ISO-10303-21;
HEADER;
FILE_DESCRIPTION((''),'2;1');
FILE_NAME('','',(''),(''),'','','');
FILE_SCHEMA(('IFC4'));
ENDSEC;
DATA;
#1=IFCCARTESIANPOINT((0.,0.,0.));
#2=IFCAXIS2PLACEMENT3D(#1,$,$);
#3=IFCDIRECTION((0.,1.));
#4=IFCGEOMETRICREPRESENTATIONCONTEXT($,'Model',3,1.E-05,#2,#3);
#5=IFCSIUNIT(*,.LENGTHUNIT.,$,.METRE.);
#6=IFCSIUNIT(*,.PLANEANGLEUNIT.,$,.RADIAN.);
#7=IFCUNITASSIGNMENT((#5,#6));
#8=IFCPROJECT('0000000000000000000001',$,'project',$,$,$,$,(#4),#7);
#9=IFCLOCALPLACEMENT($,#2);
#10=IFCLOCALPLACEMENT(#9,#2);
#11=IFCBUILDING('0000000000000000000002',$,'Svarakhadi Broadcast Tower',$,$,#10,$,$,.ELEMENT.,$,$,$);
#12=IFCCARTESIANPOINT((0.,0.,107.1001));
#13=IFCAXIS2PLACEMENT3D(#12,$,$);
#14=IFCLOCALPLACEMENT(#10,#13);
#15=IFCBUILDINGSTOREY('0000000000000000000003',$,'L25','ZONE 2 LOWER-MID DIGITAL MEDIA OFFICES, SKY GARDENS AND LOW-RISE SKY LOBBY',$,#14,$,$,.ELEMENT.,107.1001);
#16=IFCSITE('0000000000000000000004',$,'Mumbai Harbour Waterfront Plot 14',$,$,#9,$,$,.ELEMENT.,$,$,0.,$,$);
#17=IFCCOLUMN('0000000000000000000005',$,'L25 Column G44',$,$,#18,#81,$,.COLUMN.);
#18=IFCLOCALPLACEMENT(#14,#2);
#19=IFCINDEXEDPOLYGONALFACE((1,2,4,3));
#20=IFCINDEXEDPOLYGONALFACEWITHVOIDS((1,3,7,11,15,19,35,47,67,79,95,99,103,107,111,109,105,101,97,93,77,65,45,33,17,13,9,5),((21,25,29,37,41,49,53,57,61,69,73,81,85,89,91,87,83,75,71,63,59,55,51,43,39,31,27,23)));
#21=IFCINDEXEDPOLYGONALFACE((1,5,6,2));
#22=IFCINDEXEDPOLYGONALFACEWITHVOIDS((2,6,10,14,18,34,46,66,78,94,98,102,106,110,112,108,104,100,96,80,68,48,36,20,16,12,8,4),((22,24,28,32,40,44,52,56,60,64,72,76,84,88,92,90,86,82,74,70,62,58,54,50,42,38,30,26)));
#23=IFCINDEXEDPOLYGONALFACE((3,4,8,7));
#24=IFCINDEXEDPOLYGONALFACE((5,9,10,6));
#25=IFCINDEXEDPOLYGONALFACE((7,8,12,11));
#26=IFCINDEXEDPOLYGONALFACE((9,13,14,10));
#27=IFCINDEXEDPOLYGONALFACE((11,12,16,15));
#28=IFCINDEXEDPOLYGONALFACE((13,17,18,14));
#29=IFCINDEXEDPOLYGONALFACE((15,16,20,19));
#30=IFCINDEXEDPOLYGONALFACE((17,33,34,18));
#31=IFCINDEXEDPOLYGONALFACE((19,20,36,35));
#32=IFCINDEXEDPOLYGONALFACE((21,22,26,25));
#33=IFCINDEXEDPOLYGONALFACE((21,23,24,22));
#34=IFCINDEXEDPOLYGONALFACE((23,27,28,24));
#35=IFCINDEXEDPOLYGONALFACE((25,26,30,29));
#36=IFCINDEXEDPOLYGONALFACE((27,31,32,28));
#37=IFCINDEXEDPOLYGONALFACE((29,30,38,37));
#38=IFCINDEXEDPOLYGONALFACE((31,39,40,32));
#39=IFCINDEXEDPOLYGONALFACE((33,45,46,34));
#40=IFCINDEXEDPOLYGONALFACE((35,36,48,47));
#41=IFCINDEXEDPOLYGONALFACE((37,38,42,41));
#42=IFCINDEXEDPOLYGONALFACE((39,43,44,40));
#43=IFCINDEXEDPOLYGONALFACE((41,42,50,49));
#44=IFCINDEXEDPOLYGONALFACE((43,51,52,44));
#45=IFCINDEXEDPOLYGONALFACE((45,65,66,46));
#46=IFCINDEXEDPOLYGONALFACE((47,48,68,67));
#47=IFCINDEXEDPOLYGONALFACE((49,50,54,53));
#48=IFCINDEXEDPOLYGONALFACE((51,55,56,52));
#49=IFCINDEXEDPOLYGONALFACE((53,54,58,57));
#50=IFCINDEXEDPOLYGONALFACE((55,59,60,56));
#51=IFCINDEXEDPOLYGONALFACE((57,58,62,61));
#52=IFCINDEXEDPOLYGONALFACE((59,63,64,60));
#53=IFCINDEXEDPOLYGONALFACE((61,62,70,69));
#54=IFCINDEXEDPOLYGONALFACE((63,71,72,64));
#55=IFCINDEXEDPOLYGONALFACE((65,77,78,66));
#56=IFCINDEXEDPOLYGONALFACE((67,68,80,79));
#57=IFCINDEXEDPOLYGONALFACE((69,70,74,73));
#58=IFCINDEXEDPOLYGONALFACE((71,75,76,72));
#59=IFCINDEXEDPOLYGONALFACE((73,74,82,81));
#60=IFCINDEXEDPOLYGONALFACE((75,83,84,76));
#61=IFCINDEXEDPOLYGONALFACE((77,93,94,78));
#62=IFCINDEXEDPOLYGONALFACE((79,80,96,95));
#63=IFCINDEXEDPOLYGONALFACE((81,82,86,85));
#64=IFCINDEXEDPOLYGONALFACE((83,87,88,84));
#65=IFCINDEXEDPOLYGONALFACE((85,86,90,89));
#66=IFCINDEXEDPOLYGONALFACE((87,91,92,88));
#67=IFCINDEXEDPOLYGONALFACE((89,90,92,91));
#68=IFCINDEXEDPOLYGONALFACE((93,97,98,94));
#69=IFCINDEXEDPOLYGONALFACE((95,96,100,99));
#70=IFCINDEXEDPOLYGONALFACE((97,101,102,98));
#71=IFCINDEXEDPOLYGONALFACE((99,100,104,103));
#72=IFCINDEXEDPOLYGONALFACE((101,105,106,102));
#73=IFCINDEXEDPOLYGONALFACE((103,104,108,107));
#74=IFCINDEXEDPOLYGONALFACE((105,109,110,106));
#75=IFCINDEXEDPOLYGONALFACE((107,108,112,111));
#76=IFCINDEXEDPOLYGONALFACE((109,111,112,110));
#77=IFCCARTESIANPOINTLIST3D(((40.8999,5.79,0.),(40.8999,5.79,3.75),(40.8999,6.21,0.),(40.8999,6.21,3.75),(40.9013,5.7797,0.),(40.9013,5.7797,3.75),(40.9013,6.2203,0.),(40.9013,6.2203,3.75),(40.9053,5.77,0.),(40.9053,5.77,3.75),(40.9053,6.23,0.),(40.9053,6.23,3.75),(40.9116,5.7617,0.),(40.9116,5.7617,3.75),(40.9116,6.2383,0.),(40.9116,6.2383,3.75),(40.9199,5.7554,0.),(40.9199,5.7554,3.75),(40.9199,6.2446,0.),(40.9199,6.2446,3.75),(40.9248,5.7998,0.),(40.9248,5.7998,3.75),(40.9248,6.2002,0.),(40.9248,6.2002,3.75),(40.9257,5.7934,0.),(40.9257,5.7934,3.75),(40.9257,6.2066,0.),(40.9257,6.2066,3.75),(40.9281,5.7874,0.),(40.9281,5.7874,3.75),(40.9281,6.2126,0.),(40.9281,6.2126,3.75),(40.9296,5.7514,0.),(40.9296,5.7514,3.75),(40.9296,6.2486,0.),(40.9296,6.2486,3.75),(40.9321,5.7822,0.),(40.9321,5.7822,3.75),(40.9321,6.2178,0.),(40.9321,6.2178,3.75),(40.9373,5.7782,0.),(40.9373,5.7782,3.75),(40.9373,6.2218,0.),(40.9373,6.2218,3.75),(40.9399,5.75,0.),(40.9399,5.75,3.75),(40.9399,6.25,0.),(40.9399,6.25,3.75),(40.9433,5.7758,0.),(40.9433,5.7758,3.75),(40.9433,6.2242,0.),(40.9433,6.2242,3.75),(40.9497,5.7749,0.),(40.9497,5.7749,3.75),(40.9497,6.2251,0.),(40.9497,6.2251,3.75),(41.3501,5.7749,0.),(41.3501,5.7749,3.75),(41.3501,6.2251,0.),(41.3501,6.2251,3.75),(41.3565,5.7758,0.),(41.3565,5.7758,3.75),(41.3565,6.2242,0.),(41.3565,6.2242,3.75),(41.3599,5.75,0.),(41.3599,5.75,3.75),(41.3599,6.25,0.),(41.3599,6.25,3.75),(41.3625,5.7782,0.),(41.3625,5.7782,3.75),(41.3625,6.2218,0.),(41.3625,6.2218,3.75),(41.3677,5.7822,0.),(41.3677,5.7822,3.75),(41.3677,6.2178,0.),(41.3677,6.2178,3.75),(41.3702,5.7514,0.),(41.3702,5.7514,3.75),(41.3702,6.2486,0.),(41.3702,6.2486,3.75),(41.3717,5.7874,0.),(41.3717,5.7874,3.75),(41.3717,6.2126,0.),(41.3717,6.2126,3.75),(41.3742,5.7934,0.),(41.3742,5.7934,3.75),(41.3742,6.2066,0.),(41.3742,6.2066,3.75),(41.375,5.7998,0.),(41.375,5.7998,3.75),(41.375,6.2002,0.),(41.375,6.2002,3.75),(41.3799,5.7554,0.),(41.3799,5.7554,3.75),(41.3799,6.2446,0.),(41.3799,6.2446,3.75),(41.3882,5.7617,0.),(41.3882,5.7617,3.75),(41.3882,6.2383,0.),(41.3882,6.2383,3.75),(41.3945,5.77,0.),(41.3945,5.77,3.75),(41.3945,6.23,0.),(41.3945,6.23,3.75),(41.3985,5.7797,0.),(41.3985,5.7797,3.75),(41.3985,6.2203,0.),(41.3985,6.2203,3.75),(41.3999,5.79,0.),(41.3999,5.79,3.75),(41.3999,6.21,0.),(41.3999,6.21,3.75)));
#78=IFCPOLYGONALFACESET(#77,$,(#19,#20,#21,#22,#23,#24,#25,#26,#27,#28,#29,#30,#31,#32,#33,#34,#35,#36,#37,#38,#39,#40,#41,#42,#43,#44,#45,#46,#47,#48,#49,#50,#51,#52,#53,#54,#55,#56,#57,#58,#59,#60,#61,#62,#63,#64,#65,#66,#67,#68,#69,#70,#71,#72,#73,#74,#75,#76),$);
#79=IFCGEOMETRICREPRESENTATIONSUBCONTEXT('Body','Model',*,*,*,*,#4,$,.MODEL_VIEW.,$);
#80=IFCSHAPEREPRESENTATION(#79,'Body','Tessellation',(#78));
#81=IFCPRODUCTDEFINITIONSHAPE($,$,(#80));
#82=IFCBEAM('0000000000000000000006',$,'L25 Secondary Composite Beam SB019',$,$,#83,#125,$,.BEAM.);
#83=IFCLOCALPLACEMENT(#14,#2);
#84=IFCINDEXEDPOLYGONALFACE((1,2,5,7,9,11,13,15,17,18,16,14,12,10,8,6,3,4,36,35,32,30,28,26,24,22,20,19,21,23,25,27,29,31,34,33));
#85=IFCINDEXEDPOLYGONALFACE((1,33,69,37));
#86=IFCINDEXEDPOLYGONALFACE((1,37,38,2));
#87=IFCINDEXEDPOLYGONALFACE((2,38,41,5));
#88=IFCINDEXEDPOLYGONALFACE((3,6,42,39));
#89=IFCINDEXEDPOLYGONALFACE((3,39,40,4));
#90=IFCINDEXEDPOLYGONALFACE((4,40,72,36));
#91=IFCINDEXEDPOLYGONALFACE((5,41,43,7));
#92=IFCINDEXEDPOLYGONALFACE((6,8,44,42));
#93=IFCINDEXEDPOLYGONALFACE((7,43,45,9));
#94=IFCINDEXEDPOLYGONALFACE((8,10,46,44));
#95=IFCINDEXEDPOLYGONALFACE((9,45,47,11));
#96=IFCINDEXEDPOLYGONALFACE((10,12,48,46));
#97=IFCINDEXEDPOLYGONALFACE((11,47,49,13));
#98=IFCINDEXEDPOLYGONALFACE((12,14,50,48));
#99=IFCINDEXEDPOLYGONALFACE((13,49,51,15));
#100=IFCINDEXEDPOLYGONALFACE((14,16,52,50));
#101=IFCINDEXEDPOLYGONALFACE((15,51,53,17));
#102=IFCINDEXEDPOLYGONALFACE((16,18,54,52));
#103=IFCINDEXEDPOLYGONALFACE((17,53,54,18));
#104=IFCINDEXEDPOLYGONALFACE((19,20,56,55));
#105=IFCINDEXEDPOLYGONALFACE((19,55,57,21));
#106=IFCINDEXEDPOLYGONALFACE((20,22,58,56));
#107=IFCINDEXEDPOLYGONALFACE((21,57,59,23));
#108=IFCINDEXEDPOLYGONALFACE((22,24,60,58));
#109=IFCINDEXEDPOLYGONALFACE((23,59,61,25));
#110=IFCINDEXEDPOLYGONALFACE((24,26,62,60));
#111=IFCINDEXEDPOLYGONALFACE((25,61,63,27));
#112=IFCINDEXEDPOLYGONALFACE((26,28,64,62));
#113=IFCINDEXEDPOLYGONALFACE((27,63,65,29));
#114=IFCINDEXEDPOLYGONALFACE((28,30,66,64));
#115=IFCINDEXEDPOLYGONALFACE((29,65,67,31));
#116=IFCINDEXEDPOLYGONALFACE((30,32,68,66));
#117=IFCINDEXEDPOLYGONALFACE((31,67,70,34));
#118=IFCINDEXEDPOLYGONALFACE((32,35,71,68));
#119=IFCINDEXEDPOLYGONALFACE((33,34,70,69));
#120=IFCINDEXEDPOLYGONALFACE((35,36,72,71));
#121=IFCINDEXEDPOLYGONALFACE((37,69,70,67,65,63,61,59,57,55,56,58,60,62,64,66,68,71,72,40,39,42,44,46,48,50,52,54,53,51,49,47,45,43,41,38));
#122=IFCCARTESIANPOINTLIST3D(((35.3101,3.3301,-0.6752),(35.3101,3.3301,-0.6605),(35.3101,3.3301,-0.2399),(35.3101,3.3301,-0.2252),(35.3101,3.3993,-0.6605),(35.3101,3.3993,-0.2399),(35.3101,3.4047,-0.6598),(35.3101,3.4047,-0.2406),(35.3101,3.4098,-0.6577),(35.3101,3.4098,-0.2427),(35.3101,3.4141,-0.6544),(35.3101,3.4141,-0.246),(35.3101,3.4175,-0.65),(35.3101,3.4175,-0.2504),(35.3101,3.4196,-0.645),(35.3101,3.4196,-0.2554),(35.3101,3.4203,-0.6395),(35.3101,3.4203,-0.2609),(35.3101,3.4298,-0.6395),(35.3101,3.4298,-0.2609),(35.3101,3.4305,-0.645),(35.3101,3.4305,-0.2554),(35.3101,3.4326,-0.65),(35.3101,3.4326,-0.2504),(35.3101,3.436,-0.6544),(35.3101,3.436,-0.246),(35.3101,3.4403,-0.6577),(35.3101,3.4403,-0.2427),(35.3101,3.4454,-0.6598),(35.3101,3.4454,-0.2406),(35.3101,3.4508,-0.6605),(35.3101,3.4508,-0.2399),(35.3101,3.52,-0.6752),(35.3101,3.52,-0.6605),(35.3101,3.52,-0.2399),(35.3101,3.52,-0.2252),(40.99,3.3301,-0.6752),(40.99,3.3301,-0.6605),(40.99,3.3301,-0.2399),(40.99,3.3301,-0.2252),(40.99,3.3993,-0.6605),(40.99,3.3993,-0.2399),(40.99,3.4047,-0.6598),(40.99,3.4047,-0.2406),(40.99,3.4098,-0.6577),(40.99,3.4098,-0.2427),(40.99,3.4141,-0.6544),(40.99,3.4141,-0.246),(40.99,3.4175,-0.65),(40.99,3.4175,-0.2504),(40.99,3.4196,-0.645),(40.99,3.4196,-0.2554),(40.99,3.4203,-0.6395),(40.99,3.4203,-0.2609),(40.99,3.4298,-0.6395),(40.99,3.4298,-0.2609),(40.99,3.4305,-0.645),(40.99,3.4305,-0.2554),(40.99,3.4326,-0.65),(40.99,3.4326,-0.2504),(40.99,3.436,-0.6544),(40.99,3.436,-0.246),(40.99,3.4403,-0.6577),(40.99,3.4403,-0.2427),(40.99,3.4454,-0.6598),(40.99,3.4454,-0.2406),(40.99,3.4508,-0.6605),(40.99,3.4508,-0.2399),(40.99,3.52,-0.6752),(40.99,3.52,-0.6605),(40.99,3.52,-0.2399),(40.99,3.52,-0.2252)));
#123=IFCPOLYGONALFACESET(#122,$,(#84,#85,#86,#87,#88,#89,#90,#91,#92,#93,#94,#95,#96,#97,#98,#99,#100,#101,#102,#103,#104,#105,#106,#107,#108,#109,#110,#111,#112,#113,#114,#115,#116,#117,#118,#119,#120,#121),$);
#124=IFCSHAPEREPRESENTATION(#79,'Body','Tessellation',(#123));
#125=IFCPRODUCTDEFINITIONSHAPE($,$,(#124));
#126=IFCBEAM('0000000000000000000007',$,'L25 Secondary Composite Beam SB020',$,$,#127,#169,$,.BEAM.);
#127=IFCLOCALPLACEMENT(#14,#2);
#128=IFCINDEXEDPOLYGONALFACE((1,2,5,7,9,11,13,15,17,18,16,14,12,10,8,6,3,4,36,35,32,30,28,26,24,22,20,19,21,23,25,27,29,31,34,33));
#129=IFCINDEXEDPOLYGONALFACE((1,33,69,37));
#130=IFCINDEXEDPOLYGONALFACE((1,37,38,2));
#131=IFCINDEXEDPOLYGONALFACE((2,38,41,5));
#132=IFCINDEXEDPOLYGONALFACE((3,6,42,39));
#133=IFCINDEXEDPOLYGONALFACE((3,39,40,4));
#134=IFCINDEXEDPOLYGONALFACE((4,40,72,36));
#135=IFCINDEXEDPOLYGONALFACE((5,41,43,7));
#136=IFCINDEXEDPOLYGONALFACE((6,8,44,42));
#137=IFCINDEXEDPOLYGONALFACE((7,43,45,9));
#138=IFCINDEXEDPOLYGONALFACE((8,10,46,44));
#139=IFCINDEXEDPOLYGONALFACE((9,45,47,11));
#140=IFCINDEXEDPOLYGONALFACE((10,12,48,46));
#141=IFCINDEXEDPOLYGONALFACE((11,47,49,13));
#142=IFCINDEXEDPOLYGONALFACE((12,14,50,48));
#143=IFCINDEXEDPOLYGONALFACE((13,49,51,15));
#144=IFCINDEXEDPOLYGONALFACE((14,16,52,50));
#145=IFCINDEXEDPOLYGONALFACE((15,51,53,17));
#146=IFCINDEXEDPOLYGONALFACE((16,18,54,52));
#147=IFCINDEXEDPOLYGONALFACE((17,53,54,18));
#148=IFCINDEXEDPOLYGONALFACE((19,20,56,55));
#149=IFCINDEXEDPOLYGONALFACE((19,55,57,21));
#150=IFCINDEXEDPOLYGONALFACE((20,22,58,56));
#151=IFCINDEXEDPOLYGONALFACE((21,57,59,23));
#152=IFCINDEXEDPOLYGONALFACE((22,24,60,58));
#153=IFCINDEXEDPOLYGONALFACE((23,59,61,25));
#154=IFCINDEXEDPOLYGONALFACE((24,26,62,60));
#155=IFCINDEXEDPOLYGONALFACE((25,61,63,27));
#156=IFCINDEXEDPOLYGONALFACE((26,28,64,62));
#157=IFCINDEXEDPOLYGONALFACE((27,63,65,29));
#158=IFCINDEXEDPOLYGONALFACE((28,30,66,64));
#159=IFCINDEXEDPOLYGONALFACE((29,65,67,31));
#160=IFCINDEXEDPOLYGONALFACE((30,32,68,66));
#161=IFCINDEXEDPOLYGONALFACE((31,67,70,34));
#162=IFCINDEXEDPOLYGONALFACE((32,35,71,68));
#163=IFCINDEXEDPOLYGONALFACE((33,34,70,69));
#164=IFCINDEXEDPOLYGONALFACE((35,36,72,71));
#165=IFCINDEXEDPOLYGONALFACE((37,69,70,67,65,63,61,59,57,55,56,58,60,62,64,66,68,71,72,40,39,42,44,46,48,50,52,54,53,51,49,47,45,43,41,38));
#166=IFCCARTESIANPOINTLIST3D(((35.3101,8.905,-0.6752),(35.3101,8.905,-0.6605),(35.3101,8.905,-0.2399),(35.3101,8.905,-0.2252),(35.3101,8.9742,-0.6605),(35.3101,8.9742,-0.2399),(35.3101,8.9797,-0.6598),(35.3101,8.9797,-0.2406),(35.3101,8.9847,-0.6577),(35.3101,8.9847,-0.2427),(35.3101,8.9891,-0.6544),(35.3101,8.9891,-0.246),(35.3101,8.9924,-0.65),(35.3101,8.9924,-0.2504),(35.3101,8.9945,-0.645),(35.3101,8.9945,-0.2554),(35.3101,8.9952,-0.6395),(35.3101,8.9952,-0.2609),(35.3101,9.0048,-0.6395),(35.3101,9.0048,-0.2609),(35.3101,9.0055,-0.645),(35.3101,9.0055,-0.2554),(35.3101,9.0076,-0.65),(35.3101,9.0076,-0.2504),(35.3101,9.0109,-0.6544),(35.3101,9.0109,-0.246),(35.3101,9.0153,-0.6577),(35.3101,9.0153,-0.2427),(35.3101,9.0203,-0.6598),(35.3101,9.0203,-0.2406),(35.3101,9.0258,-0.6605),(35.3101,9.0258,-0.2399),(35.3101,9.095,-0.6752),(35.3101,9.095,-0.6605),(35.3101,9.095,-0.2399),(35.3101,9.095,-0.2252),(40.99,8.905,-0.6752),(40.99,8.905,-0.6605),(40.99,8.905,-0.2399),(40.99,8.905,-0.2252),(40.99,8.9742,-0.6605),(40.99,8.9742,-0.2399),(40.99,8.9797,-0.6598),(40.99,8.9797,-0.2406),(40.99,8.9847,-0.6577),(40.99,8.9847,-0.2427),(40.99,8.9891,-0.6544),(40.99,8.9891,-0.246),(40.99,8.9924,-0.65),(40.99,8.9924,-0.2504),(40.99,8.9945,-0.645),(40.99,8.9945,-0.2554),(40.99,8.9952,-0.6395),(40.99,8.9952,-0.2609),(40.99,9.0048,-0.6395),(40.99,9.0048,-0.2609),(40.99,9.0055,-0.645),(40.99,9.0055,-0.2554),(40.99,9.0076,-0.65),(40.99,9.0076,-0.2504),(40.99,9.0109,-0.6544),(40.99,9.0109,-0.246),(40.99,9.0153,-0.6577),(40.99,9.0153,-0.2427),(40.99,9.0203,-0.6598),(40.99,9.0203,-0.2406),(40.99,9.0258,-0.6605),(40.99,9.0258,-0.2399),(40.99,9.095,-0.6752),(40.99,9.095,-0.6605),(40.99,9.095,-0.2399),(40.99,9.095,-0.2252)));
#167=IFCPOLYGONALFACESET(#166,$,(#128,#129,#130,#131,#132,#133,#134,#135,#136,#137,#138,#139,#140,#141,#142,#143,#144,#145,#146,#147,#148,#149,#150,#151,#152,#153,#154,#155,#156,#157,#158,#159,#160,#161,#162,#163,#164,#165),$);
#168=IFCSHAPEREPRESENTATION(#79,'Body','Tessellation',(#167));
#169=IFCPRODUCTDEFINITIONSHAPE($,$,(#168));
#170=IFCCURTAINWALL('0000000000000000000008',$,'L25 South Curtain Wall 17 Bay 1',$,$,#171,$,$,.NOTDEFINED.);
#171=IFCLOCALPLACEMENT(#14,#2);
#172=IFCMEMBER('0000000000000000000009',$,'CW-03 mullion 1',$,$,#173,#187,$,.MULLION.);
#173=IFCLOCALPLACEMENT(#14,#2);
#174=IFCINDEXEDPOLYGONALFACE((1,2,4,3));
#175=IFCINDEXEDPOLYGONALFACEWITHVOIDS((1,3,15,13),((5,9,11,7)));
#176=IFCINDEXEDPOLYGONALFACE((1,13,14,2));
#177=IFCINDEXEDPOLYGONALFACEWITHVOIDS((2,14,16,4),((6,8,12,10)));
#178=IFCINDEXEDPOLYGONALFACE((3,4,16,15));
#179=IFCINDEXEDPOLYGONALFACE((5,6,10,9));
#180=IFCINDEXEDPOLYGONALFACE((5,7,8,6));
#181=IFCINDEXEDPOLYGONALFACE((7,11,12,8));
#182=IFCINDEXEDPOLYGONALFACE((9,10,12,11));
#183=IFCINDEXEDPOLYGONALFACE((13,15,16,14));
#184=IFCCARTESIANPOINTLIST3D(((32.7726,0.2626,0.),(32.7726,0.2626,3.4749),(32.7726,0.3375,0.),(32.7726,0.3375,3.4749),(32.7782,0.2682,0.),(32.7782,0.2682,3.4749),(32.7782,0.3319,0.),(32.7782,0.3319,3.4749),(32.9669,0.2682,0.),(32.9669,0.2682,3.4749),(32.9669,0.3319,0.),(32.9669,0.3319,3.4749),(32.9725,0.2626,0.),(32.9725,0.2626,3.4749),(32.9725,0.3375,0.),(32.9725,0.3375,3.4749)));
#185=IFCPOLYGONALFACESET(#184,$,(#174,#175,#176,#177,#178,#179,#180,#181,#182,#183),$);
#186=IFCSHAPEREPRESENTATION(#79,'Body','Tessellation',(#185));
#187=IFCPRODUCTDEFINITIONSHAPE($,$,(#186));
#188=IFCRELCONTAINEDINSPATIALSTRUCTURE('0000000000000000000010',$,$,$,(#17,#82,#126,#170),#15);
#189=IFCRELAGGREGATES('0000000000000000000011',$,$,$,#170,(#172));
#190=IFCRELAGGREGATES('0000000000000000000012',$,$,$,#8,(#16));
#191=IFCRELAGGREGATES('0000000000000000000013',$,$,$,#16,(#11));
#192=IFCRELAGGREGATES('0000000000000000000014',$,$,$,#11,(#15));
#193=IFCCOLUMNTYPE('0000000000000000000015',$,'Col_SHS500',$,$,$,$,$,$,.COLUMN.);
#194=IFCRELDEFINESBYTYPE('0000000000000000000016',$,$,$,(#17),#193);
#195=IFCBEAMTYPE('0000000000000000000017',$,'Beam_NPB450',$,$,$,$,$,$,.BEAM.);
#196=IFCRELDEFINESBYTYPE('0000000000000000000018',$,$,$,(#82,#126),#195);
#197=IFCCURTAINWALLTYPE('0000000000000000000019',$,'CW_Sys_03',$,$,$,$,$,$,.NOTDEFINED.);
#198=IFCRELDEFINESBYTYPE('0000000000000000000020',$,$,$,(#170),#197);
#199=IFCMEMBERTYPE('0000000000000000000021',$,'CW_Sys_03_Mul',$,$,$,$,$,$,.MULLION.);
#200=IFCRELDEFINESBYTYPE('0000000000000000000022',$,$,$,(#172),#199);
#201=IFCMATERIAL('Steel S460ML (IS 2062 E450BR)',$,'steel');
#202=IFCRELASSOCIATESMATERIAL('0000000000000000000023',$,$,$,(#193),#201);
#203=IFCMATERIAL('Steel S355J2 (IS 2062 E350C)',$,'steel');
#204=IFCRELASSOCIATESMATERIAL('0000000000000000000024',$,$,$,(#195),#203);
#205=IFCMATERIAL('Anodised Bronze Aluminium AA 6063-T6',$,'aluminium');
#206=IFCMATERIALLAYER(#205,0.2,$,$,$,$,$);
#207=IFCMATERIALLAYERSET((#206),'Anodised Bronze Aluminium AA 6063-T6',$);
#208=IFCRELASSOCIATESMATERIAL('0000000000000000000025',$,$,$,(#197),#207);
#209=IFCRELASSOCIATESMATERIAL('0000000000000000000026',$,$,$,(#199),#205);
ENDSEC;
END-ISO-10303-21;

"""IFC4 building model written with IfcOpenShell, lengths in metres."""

from ifc_helpers import new_model, si_unit, direction, frame, origin, origin_2d, place, context, subcontext, project, spatial, hollow_rectangle, i_section, extrude, material, layer, layer_set, material_profile, profile_set, type_object, element, aggregate, save


model = new_model("IFC4")

# Units and contexts
model_context = context("Model", 3, precision=1e-05, world=origin(), true_north=direction((0.0, 1.0)))
body_context = subcontext(model_context, "Body", "Model", "MODEL_VIEW")
ifc_project = project(units=[si_unit("LENGTHUNIT", "METRE"), si_unit("PLANEANGLEUNIT", "RADIAN")], contexts=[model_context])

# Site, building, storey
site_placement = place(None, origin())
site = spatial("IfcSite", under=ifc_project, at=site_placement, Name="Mumbai Harbour Waterfront Plot 14", CompositionType="ELEMENT", RefElevation=0.0)
building_placement = place(site_placement, origin())
building = spatial("IfcBuilding", under=site, at=building_placement, Name="Svarakhadi Broadcast Tower", CompositionType="ELEMENT")
storey_placement = place(building_placement, frame((0.0, 0.0, 107.1001)))
storey = spatial("IfcBuildingStorey", under=building, at=storey_placement, Name="L25", Description="ZONE 2 LOWER-MID DIGITAL MEDIA OFFICES, SKY GARDENS AND LOW-RISE SKY LOBBY", CompositionType="ELEMENT", Elevation=107.1001)

# Column
ifc_material_1 = material(Name="Steel S460ML (IS 2062 E450BR)", Category="steel")
ifc_material_profile_1 = material_profile(ifc_material_1, hollow_rectangle(XDim=0.5, YDim=0.5, WallThickness=0.0249, InnerFilletRadius=0.0249, OuterFilletRadius=0.04, at=origin_2d()), Name="SHS 500x500x25")
ifc_profile_set_1 = profile_set([ifc_material_profile_1], Name="Steel S460ML (IS 2062 E450BR)")
column_type_1 = type_object("IfcColumnType", Name="Col_SHS500", PredefinedType="COLUMN", material=ifc_profile_set_1)
for number, where, z_axis, x_axis, name in (
    (1, (41.1499, 6.0, 0.0), (0.0, 0.0, 1.0), (1.0, 0.0, 0.0), "L25 Column G44"),
):
    element("IfcColumn", number, at=place(storey_placement, frame(where, z_axis=z_axis, x_axis=x_axis)), inside=storey, type_object=column_type_1, Name=name, PredefinedType="COLUMN", context=body_context, shape_type="SweptSolid", body=[
        extrude(hollow_rectangle(XDim=0.5, YDim=0.5, WallThickness=0.0249, InnerFilletRadius=0.0249, OuterFilletRadius=0.04, at=origin_2d()), origin(), (0.0, 0.0, 1.0), 3.75),
    ])

# Beams
ifc_material_2 = material(Name="Steel S355J2 (IS 2062 E350C)", Category="steel")
ifc_material_profile_2 = material_profile(ifc_material_2, i_section(OverallWidth=0.1899, OverallDepth=0.45, WebThickness=0.0095, FlangeThickness=0.0146, FilletRadius=0.021, at=origin_2d()), Name="NPB 450x190x78")
ifc_profile_set_2 = profile_set([ifc_material_profile_2], Name="Steel S355J2 (IS 2062 E350C)")
beam_type_1 = type_object("IfcBeamType", Name="Beam_NPB450", PredefinedType="BEAM", material=ifc_profile_set_2)
for number, where, z_axis, x_axis, name in (
    (2, (35.3101, 3.425, -0.4502), (1.0, 0.0, 0.0), (0.0, 1.0, 0.0), "L25 Secondary Composite Beam SB019"),
    (3, (35.3101, 9.0, -0.4502), (1.0, 0.0, 0.0), (0.0, 1.0, 0.0), "L25 Secondary Composite Beam SB020"),
):
    element("IfcBeam", number, at=place(storey_placement, frame(where, z_axis=z_axis, x_axis=x_axis)), inside=storey, type_object=beam_type_1, Name=name, PredefinedType="BEAM", context=body_context, shape_type="SweptSolid", body=[
        extrude(i_section(OverallWidth=0.1899, OverallDepth=0.45, WebThickness=0.0095, FlangeThickness=0.0146, FilletRadius=0.021, at=origin_2d()), origin(), (0.0, 0.0, 1.0), 5.6799),
    ])

# Curtain wall, member
ifc_material_3 = material(Name="Anodised Bronze Aluminium AA 6063-T6", Category="aluminium")
ifc_layer_1 = layer(ifc_material_3, 0.2)
ifc_layer_set_1 = layer_set([ifc_layer_1], Name="Anodised Bronze Aluminium AA 6063-T6")
curtain_wall_type = type_object("IfcCurtainWallType", Name="CW_Sys_03", PredefinedType="NOTDEFINED", material=ifc_layer_set_1)
curtain_wall_placement = place(storey_placement, origin())
curtain_wall = element("IfcCurtainWall", 4, at=curtain_wall_placement, inside=storey, type_object=curtain_wall_type, Name="L25 South Curtain Wall 17 Bay 1", PredefinedType="NOTDEFINED")
ifc_material_profile_3 = material_profile(ifc_material_3, hollow_rectangle(XDim=0.075, YDim=0.2, WallThickness=0.0056, at=origin_2d()), Name="ALU MULLION 200x75x6")
ifc_profile_set_3 = profile_set([ifc_material_profile_3], Name="Anodised Bronze Aluminium AA 6063-T6")
member_type = type_object("IfcMemberType", Name="CW_Sys_03_Mul", PredefinedType="MULLION", material=ifc_profile_set_3)
member_placement = place(storey_placement, frame((32.8726, 0.3, 0.0), z_axis=(0.0, 0.0, 1.0), x_axis=(0.0, -1.0, 0.0)))
member = element("IfcMember", 5, at=member_placement, type_object=member_type, Name="CW-03 mullion 1", PredefinedType="MULLION", context=body_context, shape_type="SweptSolid", body=[
    extrude(hollow_rectangle(XDim=0.075, YDim=0.2, WallThickness=0.0056, at=origin_2d()), origin(), (0.0, 0.0, 1.0), 3.4749),
])
aggregate(curtain_wall, [member])

save(model, "model.ifc")
